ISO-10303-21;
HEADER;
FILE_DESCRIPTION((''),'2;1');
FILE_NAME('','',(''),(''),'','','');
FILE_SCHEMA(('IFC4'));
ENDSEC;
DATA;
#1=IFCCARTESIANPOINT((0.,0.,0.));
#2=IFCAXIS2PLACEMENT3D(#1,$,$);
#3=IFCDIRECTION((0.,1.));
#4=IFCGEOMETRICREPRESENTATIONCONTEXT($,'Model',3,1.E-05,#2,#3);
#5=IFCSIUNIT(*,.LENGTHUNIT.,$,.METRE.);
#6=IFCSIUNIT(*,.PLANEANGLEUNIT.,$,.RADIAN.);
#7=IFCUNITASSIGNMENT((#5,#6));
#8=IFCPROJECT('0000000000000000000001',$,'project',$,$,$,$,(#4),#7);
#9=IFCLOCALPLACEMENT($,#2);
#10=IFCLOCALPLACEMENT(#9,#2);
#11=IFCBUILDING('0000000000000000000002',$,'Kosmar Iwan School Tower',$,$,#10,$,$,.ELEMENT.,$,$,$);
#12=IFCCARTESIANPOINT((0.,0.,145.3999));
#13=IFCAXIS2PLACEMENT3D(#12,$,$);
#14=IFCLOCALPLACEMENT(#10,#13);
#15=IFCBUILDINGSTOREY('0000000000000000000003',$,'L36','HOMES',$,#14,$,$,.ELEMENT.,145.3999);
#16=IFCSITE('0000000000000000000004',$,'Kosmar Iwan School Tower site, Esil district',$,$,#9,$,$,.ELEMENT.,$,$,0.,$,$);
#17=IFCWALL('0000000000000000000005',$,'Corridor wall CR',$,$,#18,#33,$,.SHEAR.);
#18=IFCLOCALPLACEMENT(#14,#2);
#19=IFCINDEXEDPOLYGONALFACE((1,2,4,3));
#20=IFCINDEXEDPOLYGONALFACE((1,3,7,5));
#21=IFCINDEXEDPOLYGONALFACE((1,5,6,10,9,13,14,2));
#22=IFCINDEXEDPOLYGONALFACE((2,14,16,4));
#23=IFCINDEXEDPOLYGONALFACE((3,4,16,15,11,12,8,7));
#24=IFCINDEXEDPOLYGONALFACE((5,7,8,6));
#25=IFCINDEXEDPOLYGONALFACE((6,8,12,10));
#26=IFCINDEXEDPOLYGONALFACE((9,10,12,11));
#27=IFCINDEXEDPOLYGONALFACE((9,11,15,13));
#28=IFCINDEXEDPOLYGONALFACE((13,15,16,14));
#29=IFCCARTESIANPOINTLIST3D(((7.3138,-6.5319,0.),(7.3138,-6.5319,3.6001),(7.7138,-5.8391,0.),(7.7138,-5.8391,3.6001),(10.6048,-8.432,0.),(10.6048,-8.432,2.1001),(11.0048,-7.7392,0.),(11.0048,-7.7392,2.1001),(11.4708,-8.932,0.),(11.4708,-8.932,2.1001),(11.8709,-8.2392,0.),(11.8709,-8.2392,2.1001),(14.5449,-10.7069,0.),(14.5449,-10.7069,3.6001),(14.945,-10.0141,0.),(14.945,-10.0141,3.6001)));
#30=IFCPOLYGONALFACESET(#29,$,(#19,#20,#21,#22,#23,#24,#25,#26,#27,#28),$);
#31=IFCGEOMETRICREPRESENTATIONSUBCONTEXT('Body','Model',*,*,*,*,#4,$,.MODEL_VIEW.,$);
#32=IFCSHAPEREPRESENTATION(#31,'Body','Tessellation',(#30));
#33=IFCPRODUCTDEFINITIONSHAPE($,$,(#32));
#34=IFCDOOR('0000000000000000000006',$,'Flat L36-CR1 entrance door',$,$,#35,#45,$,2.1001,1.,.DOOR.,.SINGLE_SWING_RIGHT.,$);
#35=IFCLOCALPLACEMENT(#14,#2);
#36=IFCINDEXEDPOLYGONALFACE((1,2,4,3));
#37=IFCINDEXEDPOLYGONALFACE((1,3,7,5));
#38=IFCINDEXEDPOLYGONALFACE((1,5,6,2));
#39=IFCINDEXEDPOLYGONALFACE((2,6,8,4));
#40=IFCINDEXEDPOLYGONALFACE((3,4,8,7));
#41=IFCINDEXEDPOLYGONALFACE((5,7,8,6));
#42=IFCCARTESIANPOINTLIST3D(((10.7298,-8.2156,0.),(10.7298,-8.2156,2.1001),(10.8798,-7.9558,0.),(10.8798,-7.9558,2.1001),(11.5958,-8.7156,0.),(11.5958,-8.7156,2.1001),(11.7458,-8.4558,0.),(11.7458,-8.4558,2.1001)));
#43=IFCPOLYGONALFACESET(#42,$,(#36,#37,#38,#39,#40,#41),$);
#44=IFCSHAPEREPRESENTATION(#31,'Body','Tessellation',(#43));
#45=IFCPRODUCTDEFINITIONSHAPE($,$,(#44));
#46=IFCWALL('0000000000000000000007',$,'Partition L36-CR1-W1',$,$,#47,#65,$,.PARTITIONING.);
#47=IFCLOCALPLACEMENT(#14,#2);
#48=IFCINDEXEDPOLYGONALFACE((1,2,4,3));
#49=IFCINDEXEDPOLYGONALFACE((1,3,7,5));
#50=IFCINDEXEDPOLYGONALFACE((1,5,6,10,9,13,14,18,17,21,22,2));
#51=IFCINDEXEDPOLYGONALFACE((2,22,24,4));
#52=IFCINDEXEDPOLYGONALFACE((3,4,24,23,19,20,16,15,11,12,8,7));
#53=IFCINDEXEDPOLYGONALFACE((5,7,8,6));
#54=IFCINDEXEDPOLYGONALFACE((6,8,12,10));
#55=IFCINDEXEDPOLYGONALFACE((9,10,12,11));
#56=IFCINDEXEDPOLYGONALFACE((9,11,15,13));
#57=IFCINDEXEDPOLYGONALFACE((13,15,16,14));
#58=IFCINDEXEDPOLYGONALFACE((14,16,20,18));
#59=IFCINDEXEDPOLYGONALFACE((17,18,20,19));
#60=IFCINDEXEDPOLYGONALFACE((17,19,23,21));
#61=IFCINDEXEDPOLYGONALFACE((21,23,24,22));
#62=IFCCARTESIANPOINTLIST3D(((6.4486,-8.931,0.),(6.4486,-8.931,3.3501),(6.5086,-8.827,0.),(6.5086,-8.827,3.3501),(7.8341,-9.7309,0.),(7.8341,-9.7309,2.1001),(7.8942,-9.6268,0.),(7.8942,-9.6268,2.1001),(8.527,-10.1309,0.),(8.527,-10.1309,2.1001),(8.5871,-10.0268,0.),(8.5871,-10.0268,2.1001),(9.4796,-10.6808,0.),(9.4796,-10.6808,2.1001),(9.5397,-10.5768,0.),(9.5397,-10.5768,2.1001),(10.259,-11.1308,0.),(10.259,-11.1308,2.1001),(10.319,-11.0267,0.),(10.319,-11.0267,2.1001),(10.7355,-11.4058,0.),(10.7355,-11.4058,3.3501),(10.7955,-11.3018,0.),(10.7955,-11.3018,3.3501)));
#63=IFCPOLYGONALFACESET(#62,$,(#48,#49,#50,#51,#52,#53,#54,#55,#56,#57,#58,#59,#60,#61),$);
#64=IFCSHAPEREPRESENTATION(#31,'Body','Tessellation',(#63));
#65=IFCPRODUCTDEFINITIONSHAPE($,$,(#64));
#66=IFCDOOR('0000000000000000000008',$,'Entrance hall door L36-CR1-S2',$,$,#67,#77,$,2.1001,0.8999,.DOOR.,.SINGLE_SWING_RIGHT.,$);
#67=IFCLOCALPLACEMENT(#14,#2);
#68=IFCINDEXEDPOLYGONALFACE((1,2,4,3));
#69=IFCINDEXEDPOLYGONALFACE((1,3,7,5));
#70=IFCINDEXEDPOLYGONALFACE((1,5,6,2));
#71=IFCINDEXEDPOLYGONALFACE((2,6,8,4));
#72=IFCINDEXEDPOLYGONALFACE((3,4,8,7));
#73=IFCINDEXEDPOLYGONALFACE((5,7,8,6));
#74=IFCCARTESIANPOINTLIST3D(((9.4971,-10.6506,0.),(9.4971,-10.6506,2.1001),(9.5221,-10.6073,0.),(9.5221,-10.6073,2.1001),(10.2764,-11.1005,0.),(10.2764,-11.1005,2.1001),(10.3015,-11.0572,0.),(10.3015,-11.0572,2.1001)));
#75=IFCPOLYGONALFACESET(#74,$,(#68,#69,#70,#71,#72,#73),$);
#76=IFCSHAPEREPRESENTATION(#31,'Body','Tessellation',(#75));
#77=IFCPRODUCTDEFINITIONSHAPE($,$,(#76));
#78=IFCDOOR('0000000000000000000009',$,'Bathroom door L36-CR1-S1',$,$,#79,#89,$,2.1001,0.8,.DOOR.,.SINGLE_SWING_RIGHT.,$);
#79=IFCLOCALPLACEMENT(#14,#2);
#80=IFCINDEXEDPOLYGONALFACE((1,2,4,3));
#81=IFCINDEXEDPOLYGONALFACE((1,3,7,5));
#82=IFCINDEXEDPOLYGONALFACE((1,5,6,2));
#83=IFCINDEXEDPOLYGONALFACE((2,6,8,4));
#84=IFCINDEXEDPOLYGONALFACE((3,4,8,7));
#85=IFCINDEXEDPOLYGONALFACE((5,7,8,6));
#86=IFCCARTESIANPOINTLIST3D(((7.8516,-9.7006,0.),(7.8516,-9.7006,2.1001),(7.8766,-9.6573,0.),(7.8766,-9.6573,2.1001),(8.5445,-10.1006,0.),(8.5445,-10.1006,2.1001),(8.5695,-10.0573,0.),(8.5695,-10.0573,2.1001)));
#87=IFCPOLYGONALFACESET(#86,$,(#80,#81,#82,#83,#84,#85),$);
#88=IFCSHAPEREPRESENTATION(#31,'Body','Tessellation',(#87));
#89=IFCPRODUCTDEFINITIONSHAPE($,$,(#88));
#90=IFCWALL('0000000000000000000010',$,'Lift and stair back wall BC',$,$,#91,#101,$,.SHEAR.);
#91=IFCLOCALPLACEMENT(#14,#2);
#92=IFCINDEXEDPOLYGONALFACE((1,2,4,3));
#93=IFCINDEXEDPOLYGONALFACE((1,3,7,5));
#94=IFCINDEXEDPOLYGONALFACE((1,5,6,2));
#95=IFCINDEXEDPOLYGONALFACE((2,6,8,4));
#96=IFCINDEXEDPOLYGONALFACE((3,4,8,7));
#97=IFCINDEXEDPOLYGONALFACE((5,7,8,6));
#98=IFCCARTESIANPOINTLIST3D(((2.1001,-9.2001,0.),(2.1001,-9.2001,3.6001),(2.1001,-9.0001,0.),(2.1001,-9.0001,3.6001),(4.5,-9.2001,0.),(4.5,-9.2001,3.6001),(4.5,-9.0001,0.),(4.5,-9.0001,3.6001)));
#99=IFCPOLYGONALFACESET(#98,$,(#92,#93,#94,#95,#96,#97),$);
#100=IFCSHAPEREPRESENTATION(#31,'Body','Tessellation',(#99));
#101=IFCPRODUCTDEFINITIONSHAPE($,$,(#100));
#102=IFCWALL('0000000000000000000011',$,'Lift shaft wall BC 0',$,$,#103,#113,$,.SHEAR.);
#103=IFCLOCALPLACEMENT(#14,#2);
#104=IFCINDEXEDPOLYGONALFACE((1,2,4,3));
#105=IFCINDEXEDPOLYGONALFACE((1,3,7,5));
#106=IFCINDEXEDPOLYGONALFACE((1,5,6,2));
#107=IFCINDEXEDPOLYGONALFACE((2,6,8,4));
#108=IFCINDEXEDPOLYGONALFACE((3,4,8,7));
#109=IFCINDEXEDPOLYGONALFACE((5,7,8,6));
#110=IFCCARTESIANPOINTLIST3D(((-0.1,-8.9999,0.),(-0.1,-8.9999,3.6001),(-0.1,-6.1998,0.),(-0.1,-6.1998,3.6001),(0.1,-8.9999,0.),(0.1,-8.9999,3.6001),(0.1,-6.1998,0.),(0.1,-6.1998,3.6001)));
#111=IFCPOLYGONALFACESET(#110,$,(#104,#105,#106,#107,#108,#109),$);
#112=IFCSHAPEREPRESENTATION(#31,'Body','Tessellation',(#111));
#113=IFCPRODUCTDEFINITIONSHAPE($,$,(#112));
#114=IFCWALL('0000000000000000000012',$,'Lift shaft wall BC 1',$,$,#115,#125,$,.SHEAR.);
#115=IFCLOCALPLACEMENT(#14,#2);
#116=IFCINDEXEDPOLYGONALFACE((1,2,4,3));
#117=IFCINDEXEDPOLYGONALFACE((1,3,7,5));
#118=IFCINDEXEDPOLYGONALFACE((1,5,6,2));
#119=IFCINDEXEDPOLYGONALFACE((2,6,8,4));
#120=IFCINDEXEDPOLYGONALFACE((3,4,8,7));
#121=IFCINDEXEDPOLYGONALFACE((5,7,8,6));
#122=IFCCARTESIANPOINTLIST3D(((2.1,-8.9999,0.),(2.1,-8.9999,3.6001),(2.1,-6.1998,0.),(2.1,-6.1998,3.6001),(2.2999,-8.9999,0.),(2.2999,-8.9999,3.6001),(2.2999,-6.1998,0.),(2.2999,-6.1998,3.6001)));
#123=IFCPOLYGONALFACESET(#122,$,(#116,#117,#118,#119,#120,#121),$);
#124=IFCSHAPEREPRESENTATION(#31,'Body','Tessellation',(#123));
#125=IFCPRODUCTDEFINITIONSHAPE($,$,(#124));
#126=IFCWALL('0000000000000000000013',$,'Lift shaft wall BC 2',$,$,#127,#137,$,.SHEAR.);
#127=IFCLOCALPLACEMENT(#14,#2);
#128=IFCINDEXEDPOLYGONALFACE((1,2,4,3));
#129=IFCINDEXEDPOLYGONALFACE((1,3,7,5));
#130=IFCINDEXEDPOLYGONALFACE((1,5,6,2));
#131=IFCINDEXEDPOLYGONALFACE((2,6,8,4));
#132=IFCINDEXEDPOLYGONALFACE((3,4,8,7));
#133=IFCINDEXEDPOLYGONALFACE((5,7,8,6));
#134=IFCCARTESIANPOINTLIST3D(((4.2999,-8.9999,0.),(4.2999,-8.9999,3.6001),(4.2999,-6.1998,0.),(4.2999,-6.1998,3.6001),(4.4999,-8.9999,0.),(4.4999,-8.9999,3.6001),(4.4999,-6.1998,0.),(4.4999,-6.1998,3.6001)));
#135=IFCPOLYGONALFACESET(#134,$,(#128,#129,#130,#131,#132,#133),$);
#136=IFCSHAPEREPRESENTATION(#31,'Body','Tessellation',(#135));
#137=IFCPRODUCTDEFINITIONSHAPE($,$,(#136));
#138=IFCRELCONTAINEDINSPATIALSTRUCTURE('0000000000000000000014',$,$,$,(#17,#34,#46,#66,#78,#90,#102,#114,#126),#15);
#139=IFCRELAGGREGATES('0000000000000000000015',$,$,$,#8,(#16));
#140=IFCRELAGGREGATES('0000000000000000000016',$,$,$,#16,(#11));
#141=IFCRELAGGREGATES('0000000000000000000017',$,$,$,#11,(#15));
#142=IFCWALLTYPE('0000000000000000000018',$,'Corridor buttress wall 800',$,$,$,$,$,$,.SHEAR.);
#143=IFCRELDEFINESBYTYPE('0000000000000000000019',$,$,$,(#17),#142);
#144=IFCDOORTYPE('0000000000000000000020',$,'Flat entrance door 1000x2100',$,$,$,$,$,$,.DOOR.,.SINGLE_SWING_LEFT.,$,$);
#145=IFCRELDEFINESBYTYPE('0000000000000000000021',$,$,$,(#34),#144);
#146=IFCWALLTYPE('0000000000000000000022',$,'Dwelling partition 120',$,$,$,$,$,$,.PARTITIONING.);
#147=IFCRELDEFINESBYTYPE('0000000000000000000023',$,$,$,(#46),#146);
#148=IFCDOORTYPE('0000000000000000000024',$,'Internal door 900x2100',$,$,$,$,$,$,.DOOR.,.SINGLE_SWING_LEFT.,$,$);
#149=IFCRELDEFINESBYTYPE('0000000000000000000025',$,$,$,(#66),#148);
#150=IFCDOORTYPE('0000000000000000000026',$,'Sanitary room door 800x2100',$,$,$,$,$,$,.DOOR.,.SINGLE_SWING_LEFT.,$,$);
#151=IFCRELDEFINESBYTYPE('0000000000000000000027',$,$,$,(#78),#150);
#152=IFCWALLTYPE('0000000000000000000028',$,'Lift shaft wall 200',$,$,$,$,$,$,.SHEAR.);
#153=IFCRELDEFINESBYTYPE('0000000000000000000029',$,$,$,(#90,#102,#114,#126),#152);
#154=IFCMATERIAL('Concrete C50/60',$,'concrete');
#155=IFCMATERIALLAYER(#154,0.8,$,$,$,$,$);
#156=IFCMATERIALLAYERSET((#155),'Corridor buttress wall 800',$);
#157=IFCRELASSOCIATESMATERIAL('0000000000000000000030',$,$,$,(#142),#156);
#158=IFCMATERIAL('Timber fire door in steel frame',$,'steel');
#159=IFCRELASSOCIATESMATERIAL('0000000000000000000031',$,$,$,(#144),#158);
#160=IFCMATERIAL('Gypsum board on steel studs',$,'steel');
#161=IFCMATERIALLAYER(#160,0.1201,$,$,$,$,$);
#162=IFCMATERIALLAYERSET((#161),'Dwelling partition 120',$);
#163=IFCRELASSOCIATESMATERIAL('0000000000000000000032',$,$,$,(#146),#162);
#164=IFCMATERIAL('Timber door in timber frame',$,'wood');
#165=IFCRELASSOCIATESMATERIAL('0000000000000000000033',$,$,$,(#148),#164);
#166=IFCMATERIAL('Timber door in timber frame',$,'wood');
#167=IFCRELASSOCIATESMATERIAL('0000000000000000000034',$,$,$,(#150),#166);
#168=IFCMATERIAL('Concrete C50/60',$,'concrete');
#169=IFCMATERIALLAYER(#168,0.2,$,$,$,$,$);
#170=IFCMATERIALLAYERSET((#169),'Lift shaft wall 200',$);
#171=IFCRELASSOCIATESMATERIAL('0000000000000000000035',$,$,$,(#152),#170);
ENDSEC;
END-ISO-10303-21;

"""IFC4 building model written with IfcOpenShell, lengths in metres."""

from ifc_helpers import new_model, si_unit, direction, frame, frame_2d, origin, place, context, subcontext, project, spatial, rectangle, extrude, material, layer, layer_set, type_object, element, fill, save


model = new_model("IFC4")

# Units and contexts
model_context = context("Model", 3, precision=1e-05, world=origin(), true_north=direction((0.0, 1.0)))
body_context = subcontext(model_context, "Body", "Model", "MODEL_VIEW")
ifc_project = project(units=[si_unit("LENGTHUNIT", "METRE"), si_unit("PLANEANGLEUNIT", "RADIAN")], contexts=[model_context])

# Site, building, storey
site_placement = place(None, origin())
site = spatial("IfcSite", under=ifc_project, at=site_placement, Name="Kosmar Iwan School Tower site, Esil district", CompositionType="ELEMENT", RefElevation=0.0)
building_placement = place(site_placement, origin())
building = spatial("IfcBuilding", under=site, at=building_placement, Name="Kosmar Iwan School Tower", CompositionType="ELEMENT")
storey_placement = place(building_placement, frame((0.0, 0.0, 145.3999)))
storey = spatial("IfcBuildingStorey", under=building, at=storey_placement, Name="L36", Description="HOMES", CompositionType="ELEMENT", Elevation=145.3999)

# Wall, opening, door
ifc_material_1 = material(Name="Concrete C50/60", Category="concrete")
ifc_layer_1 = layer(ifc_material_1, 0.8)
ifc_layer_set_1 = layer_set([ifc_layer_1], Name="Corridor buttress wall 800")
wall_type_1 = type_object("IfcWallType", Name="Corridor buttress wall 800", PredefinedType="SHEAR", material=ifc_layer_set_1)
wall_1_placement = place(storey_placement, frame((7.5139, -6.1855, 0.0), z_axis=(0.0, 0.0, 1.0), x_axis=(0.86602, -0.50001, 0.0)))
wall_1 = element("IfcWall", 1, at=wall_1_placement, inside=storey, type_object=wall_type_1, Name="Corridor wall CR", PredefinedType="SHEAR", context=body_context, shape_type="SweptSolid", body=[
    extrude(rectangle(XDim=8.3499, YDim=0.8, at=frame_2d((4.1748, 0.0))), origin(), (0.0, 0.0, 1.0), 3.6001),
])
opening_1_placement = place(wall_1_placement, frame((3.8, 0.0, 0.0)))
opening_1 = element("IfcOpeningElement", 2, at=opening_1_placement, cuts=wall_1, PredefinedType="OPENING", context=body_context, shape_type="SweptSolid", body=[
    extrude(rectangle(XDim=1.0, YDim=2.1001, at=frame_2d((0.5, 1.05))), frame((0.0, 0.4121, 0.0), z_axis=(0.0, -1.0, 0.0), x_axis=(1.0, 0.0, 0.0)), (0.0, 0.0, 1.0), 0.824),
])
ifc_material_2 = material(Name="Timber fire door in steel frame", Category="steel")
door_type_1 = type_object("IfcDoorType", Name="Flat entrance door 1000x2100", OperationType="SINGLE_SWING_LEFT", PredefinedType="DOOR", material=ifc_material_2)
door_1_placement = place(opening_1_placement, origin())
door_1 = element("IfcDoor", 3, at=door_1_placement, inside=storey, type_object=door_type_1, Name="Flat L36-CR1 entrance door", OperationType="SINGLE_SWING_RIGHT", OverallHeight=2.1001, OverallWidth=1.0, PredefinedType="DOOR", context=body_context, shape_type="SweptSolid", body=[
    extrude(rectangle(XDim=1.0, YDim=2.1001, at=frame_2d((0.5, 1.05))), frame((0.0, 0.1499, 0.0), z_axis=(0.0, -1.0, 0.0), x_axis=(1.0, 0.0, 0.0)), (0.0, 0.0, 1.0), 0.3),
])
fill(opening_1, door_1)

# Wall, openings, doors
ifc_material_3 = material(Name="Gypsum board on steel studs", Category="steel")
ifc_layer_2 = layer(ifc_material_3, 0.1201)
ifc_layer_set_2 = layer_set([ifc_layer_2], Name="Dwelling partition 120")
wall_type_2 = type_object("IfcWallType", Name="Dwelling partition 120", PredefinedType="PARTITIONING", material=ifc_layer_set_2)
wall_2_placement = place(storey_placement, frame((6.4785, -8.8789, 0.0), z_axis=(0.0, 0.0, 1.0), x_axis=(0.86604, -0.499974, 0.0)))
wall_2 = element("IfcWall", 4, at=wall_2_placement, inside=storey, type_object=wall_type_2, Name="Partition L36-CR1-W1", PredefinedType="PARTITIONING", context=body_context, shape_type="SweptSolid", body=[
    extrude(rectangle(XDim=4.95, YDim=0.1201, at=frame_2d((2.4751, 0.0))), origin(), (0.0, 0.0, 1.0), 3.3501),
])
opening_2_placement = place(wall_2_placement, frame((1.6001, 0.0, 0.0)))
opening_2 = element("IfcOpeningElement", 5, at=opening_2_placement, cuts=wall_2, PredefinedType="OPENING", context=body_context, shape_type="SweptSolid", body=[
    extrude(rectangle(XDim=0.8, YDim=2.1001, at=frame_2d((0.3999, 1.05))), frame((0.0, 0.072, 0.0), z_axis=(0.0, -1.0, 0.0), x_axis=(1.0, 0.0, 0.0)), (0.0, 0.0, 1.0), 0.144),
])
opening_3_placement = place(wall_2_placement, frame((3.5, 0.0, 0.0)))
opening_3 = element("IfcOpeningElement", 6, at=opening_3_placement, cuts=wall_2, PredefinedType="OPENING", context=body_context, shape_type="SweptSolid", body=[
    extrude(rectangle(XDim=0.8999, YDim=2.1001, at=frame_2d((0.45, 1.05))), frame((0.0, 0.072, 0.0), z_axis=(0.0, -1.0, 0.0), x_axis=(1.0, 0.0, 0.0)), (0.0, 0.0, 1.0), 0.144),
])
ifc_material_4 = material(Name="Timber door in timber frame", Category="wood")
door_type_2 = type_object("IfcDoorType", Name="Internal door 900x2100", OperationType="SINGLE_SWING_LEFT", PredefinedType="DOOR", material=ifc_material_4)
door_2_placement = place(opening_3_placement, origin())
door_2 = element("IfcDoor", 7, at=door_2_placement, inside=storey, type_object=door_type_2, Name="Entrance hall door L36-CR1-S2", OperationType="SINGLE_SWING_RIGHT", OverallHeight=2.1001, OverallWidth=0.8999, PredefinedType="DOOR", context=body_context, shape_type="SweptSolid", body=[
    extrude(rectangle(XDim=0.8999, YDim=2.1001, at=frame_2d((0.45, 1.05))), frame((0.0, 0.0249, 0.0), z_axis=(0.0, -1.0, 0.0), x_axis=(1.0, 0.0, 0.0)), (0.0, 0.0, 1.0), 0.05),
])
fill(opening_3, door_2)
ifc_material_5 = material(Name="Timber door in timber frame", Category="wood")
door_type_3 = type_object("IfcDoorType", Name="Sanitary room door 800x2100", OperationType="SINGLE_SWING_LEFT", PredefinedType="DOOR", material=ifc_material_5)
door_3_placement = place(opening_2_placement, origin())
door_3 = element("IfcDoor", 8, at=door_3_placement, inside=storey, type_object=door_type_3, Name="Bathroom door L36-CR1-S1", OperationType="SINGLE_SWING_RIGHT", OverallHeight=2.1001, OverallWidth=0.8, PredefinedType="DOOR", context=body_context, shape_type="SweptSolid", body=[
    extrude(rectangle(XDim=0.8, YDim=2.1001, at=frame_2d((0.3999, 1.05))), frame((0.0, 0.0249, 0.0), z_axis=(0.0, -1.0, 0.0), x_axis=(1.0, 0.0, 0.0)), (0.0, 0.0, 1.0), 0.05),
])
fill(opening_2, door_3)

# Walls
ifc_material_6 = material(Name="Concrete C50/60", Category="concrete")
ifc_layer_3 = layer(ifc_material_6, 0.2)
ifc_layer_set_3 = layer_set([ifc_layer_3], Name="Lift shaft wall 200")
wall_type_3 = type_object("IfcWallType", Name="Lift shaft wall 200", PredefinedType="SHEAR", material=ifc_layer_set_3)
wall_3_placement = place(storey_placement, frame((2.1001, -9.1001, 0.0), z_axis=(0.0, 0.0, 1.0), x_axis=(1.0, 0.0, 0.0)))
element("IfcWall", 9, at=wall_3_placement, inside=storey, type_object=wall_type_3, Name="Lift and stair back wall BC", PredefinedType="SHEAR", context=body_context, shape_type="SweptSolid", body=[
    extrude(rectangle(XDim=2.3999, YDim=0.2, at=frame_2d((1.2, 0.0))), origin(), (0.0, 0.0, 1.0), 3.6001),
])
for number, where, z_axis, x_axis, name in (
    (10, (0.0, -6.2, 0.0), (0.0, 0.0, 1.0), (0.0, -1.0, 0.0), "Lift shaft wall BC 0"),
    (11, (2.2, -6.2, 0.0), (0.0, 0.0, 1.0), (0.0, -1.0, 0.0), "Lift shaft wall BC 1"),
    (12, (4.3999, -6.2, 0.0), (0.0, 0.0, 1.0), (0.0, -1.0, 0.0), "Lift shaft wall BC 2"),
):
    element("IfcWall", number, at=place(storey_placement, frame(where, z_axis=z_axis, x_axis=x_axis)), inside=storey, type_object=wall_type_3, Name=name, PredefinedType="SHEAR", context=body_context, shape_type="SweptSolid", body=[
        extrude(rectangle(XDim=2.8, YDim=0.2, at=frame_2d((1.3999, 0.0))), origin(), (0.0, 0.0, 1.0), 3.6001),
    ])

save(model, "model.ifc")
